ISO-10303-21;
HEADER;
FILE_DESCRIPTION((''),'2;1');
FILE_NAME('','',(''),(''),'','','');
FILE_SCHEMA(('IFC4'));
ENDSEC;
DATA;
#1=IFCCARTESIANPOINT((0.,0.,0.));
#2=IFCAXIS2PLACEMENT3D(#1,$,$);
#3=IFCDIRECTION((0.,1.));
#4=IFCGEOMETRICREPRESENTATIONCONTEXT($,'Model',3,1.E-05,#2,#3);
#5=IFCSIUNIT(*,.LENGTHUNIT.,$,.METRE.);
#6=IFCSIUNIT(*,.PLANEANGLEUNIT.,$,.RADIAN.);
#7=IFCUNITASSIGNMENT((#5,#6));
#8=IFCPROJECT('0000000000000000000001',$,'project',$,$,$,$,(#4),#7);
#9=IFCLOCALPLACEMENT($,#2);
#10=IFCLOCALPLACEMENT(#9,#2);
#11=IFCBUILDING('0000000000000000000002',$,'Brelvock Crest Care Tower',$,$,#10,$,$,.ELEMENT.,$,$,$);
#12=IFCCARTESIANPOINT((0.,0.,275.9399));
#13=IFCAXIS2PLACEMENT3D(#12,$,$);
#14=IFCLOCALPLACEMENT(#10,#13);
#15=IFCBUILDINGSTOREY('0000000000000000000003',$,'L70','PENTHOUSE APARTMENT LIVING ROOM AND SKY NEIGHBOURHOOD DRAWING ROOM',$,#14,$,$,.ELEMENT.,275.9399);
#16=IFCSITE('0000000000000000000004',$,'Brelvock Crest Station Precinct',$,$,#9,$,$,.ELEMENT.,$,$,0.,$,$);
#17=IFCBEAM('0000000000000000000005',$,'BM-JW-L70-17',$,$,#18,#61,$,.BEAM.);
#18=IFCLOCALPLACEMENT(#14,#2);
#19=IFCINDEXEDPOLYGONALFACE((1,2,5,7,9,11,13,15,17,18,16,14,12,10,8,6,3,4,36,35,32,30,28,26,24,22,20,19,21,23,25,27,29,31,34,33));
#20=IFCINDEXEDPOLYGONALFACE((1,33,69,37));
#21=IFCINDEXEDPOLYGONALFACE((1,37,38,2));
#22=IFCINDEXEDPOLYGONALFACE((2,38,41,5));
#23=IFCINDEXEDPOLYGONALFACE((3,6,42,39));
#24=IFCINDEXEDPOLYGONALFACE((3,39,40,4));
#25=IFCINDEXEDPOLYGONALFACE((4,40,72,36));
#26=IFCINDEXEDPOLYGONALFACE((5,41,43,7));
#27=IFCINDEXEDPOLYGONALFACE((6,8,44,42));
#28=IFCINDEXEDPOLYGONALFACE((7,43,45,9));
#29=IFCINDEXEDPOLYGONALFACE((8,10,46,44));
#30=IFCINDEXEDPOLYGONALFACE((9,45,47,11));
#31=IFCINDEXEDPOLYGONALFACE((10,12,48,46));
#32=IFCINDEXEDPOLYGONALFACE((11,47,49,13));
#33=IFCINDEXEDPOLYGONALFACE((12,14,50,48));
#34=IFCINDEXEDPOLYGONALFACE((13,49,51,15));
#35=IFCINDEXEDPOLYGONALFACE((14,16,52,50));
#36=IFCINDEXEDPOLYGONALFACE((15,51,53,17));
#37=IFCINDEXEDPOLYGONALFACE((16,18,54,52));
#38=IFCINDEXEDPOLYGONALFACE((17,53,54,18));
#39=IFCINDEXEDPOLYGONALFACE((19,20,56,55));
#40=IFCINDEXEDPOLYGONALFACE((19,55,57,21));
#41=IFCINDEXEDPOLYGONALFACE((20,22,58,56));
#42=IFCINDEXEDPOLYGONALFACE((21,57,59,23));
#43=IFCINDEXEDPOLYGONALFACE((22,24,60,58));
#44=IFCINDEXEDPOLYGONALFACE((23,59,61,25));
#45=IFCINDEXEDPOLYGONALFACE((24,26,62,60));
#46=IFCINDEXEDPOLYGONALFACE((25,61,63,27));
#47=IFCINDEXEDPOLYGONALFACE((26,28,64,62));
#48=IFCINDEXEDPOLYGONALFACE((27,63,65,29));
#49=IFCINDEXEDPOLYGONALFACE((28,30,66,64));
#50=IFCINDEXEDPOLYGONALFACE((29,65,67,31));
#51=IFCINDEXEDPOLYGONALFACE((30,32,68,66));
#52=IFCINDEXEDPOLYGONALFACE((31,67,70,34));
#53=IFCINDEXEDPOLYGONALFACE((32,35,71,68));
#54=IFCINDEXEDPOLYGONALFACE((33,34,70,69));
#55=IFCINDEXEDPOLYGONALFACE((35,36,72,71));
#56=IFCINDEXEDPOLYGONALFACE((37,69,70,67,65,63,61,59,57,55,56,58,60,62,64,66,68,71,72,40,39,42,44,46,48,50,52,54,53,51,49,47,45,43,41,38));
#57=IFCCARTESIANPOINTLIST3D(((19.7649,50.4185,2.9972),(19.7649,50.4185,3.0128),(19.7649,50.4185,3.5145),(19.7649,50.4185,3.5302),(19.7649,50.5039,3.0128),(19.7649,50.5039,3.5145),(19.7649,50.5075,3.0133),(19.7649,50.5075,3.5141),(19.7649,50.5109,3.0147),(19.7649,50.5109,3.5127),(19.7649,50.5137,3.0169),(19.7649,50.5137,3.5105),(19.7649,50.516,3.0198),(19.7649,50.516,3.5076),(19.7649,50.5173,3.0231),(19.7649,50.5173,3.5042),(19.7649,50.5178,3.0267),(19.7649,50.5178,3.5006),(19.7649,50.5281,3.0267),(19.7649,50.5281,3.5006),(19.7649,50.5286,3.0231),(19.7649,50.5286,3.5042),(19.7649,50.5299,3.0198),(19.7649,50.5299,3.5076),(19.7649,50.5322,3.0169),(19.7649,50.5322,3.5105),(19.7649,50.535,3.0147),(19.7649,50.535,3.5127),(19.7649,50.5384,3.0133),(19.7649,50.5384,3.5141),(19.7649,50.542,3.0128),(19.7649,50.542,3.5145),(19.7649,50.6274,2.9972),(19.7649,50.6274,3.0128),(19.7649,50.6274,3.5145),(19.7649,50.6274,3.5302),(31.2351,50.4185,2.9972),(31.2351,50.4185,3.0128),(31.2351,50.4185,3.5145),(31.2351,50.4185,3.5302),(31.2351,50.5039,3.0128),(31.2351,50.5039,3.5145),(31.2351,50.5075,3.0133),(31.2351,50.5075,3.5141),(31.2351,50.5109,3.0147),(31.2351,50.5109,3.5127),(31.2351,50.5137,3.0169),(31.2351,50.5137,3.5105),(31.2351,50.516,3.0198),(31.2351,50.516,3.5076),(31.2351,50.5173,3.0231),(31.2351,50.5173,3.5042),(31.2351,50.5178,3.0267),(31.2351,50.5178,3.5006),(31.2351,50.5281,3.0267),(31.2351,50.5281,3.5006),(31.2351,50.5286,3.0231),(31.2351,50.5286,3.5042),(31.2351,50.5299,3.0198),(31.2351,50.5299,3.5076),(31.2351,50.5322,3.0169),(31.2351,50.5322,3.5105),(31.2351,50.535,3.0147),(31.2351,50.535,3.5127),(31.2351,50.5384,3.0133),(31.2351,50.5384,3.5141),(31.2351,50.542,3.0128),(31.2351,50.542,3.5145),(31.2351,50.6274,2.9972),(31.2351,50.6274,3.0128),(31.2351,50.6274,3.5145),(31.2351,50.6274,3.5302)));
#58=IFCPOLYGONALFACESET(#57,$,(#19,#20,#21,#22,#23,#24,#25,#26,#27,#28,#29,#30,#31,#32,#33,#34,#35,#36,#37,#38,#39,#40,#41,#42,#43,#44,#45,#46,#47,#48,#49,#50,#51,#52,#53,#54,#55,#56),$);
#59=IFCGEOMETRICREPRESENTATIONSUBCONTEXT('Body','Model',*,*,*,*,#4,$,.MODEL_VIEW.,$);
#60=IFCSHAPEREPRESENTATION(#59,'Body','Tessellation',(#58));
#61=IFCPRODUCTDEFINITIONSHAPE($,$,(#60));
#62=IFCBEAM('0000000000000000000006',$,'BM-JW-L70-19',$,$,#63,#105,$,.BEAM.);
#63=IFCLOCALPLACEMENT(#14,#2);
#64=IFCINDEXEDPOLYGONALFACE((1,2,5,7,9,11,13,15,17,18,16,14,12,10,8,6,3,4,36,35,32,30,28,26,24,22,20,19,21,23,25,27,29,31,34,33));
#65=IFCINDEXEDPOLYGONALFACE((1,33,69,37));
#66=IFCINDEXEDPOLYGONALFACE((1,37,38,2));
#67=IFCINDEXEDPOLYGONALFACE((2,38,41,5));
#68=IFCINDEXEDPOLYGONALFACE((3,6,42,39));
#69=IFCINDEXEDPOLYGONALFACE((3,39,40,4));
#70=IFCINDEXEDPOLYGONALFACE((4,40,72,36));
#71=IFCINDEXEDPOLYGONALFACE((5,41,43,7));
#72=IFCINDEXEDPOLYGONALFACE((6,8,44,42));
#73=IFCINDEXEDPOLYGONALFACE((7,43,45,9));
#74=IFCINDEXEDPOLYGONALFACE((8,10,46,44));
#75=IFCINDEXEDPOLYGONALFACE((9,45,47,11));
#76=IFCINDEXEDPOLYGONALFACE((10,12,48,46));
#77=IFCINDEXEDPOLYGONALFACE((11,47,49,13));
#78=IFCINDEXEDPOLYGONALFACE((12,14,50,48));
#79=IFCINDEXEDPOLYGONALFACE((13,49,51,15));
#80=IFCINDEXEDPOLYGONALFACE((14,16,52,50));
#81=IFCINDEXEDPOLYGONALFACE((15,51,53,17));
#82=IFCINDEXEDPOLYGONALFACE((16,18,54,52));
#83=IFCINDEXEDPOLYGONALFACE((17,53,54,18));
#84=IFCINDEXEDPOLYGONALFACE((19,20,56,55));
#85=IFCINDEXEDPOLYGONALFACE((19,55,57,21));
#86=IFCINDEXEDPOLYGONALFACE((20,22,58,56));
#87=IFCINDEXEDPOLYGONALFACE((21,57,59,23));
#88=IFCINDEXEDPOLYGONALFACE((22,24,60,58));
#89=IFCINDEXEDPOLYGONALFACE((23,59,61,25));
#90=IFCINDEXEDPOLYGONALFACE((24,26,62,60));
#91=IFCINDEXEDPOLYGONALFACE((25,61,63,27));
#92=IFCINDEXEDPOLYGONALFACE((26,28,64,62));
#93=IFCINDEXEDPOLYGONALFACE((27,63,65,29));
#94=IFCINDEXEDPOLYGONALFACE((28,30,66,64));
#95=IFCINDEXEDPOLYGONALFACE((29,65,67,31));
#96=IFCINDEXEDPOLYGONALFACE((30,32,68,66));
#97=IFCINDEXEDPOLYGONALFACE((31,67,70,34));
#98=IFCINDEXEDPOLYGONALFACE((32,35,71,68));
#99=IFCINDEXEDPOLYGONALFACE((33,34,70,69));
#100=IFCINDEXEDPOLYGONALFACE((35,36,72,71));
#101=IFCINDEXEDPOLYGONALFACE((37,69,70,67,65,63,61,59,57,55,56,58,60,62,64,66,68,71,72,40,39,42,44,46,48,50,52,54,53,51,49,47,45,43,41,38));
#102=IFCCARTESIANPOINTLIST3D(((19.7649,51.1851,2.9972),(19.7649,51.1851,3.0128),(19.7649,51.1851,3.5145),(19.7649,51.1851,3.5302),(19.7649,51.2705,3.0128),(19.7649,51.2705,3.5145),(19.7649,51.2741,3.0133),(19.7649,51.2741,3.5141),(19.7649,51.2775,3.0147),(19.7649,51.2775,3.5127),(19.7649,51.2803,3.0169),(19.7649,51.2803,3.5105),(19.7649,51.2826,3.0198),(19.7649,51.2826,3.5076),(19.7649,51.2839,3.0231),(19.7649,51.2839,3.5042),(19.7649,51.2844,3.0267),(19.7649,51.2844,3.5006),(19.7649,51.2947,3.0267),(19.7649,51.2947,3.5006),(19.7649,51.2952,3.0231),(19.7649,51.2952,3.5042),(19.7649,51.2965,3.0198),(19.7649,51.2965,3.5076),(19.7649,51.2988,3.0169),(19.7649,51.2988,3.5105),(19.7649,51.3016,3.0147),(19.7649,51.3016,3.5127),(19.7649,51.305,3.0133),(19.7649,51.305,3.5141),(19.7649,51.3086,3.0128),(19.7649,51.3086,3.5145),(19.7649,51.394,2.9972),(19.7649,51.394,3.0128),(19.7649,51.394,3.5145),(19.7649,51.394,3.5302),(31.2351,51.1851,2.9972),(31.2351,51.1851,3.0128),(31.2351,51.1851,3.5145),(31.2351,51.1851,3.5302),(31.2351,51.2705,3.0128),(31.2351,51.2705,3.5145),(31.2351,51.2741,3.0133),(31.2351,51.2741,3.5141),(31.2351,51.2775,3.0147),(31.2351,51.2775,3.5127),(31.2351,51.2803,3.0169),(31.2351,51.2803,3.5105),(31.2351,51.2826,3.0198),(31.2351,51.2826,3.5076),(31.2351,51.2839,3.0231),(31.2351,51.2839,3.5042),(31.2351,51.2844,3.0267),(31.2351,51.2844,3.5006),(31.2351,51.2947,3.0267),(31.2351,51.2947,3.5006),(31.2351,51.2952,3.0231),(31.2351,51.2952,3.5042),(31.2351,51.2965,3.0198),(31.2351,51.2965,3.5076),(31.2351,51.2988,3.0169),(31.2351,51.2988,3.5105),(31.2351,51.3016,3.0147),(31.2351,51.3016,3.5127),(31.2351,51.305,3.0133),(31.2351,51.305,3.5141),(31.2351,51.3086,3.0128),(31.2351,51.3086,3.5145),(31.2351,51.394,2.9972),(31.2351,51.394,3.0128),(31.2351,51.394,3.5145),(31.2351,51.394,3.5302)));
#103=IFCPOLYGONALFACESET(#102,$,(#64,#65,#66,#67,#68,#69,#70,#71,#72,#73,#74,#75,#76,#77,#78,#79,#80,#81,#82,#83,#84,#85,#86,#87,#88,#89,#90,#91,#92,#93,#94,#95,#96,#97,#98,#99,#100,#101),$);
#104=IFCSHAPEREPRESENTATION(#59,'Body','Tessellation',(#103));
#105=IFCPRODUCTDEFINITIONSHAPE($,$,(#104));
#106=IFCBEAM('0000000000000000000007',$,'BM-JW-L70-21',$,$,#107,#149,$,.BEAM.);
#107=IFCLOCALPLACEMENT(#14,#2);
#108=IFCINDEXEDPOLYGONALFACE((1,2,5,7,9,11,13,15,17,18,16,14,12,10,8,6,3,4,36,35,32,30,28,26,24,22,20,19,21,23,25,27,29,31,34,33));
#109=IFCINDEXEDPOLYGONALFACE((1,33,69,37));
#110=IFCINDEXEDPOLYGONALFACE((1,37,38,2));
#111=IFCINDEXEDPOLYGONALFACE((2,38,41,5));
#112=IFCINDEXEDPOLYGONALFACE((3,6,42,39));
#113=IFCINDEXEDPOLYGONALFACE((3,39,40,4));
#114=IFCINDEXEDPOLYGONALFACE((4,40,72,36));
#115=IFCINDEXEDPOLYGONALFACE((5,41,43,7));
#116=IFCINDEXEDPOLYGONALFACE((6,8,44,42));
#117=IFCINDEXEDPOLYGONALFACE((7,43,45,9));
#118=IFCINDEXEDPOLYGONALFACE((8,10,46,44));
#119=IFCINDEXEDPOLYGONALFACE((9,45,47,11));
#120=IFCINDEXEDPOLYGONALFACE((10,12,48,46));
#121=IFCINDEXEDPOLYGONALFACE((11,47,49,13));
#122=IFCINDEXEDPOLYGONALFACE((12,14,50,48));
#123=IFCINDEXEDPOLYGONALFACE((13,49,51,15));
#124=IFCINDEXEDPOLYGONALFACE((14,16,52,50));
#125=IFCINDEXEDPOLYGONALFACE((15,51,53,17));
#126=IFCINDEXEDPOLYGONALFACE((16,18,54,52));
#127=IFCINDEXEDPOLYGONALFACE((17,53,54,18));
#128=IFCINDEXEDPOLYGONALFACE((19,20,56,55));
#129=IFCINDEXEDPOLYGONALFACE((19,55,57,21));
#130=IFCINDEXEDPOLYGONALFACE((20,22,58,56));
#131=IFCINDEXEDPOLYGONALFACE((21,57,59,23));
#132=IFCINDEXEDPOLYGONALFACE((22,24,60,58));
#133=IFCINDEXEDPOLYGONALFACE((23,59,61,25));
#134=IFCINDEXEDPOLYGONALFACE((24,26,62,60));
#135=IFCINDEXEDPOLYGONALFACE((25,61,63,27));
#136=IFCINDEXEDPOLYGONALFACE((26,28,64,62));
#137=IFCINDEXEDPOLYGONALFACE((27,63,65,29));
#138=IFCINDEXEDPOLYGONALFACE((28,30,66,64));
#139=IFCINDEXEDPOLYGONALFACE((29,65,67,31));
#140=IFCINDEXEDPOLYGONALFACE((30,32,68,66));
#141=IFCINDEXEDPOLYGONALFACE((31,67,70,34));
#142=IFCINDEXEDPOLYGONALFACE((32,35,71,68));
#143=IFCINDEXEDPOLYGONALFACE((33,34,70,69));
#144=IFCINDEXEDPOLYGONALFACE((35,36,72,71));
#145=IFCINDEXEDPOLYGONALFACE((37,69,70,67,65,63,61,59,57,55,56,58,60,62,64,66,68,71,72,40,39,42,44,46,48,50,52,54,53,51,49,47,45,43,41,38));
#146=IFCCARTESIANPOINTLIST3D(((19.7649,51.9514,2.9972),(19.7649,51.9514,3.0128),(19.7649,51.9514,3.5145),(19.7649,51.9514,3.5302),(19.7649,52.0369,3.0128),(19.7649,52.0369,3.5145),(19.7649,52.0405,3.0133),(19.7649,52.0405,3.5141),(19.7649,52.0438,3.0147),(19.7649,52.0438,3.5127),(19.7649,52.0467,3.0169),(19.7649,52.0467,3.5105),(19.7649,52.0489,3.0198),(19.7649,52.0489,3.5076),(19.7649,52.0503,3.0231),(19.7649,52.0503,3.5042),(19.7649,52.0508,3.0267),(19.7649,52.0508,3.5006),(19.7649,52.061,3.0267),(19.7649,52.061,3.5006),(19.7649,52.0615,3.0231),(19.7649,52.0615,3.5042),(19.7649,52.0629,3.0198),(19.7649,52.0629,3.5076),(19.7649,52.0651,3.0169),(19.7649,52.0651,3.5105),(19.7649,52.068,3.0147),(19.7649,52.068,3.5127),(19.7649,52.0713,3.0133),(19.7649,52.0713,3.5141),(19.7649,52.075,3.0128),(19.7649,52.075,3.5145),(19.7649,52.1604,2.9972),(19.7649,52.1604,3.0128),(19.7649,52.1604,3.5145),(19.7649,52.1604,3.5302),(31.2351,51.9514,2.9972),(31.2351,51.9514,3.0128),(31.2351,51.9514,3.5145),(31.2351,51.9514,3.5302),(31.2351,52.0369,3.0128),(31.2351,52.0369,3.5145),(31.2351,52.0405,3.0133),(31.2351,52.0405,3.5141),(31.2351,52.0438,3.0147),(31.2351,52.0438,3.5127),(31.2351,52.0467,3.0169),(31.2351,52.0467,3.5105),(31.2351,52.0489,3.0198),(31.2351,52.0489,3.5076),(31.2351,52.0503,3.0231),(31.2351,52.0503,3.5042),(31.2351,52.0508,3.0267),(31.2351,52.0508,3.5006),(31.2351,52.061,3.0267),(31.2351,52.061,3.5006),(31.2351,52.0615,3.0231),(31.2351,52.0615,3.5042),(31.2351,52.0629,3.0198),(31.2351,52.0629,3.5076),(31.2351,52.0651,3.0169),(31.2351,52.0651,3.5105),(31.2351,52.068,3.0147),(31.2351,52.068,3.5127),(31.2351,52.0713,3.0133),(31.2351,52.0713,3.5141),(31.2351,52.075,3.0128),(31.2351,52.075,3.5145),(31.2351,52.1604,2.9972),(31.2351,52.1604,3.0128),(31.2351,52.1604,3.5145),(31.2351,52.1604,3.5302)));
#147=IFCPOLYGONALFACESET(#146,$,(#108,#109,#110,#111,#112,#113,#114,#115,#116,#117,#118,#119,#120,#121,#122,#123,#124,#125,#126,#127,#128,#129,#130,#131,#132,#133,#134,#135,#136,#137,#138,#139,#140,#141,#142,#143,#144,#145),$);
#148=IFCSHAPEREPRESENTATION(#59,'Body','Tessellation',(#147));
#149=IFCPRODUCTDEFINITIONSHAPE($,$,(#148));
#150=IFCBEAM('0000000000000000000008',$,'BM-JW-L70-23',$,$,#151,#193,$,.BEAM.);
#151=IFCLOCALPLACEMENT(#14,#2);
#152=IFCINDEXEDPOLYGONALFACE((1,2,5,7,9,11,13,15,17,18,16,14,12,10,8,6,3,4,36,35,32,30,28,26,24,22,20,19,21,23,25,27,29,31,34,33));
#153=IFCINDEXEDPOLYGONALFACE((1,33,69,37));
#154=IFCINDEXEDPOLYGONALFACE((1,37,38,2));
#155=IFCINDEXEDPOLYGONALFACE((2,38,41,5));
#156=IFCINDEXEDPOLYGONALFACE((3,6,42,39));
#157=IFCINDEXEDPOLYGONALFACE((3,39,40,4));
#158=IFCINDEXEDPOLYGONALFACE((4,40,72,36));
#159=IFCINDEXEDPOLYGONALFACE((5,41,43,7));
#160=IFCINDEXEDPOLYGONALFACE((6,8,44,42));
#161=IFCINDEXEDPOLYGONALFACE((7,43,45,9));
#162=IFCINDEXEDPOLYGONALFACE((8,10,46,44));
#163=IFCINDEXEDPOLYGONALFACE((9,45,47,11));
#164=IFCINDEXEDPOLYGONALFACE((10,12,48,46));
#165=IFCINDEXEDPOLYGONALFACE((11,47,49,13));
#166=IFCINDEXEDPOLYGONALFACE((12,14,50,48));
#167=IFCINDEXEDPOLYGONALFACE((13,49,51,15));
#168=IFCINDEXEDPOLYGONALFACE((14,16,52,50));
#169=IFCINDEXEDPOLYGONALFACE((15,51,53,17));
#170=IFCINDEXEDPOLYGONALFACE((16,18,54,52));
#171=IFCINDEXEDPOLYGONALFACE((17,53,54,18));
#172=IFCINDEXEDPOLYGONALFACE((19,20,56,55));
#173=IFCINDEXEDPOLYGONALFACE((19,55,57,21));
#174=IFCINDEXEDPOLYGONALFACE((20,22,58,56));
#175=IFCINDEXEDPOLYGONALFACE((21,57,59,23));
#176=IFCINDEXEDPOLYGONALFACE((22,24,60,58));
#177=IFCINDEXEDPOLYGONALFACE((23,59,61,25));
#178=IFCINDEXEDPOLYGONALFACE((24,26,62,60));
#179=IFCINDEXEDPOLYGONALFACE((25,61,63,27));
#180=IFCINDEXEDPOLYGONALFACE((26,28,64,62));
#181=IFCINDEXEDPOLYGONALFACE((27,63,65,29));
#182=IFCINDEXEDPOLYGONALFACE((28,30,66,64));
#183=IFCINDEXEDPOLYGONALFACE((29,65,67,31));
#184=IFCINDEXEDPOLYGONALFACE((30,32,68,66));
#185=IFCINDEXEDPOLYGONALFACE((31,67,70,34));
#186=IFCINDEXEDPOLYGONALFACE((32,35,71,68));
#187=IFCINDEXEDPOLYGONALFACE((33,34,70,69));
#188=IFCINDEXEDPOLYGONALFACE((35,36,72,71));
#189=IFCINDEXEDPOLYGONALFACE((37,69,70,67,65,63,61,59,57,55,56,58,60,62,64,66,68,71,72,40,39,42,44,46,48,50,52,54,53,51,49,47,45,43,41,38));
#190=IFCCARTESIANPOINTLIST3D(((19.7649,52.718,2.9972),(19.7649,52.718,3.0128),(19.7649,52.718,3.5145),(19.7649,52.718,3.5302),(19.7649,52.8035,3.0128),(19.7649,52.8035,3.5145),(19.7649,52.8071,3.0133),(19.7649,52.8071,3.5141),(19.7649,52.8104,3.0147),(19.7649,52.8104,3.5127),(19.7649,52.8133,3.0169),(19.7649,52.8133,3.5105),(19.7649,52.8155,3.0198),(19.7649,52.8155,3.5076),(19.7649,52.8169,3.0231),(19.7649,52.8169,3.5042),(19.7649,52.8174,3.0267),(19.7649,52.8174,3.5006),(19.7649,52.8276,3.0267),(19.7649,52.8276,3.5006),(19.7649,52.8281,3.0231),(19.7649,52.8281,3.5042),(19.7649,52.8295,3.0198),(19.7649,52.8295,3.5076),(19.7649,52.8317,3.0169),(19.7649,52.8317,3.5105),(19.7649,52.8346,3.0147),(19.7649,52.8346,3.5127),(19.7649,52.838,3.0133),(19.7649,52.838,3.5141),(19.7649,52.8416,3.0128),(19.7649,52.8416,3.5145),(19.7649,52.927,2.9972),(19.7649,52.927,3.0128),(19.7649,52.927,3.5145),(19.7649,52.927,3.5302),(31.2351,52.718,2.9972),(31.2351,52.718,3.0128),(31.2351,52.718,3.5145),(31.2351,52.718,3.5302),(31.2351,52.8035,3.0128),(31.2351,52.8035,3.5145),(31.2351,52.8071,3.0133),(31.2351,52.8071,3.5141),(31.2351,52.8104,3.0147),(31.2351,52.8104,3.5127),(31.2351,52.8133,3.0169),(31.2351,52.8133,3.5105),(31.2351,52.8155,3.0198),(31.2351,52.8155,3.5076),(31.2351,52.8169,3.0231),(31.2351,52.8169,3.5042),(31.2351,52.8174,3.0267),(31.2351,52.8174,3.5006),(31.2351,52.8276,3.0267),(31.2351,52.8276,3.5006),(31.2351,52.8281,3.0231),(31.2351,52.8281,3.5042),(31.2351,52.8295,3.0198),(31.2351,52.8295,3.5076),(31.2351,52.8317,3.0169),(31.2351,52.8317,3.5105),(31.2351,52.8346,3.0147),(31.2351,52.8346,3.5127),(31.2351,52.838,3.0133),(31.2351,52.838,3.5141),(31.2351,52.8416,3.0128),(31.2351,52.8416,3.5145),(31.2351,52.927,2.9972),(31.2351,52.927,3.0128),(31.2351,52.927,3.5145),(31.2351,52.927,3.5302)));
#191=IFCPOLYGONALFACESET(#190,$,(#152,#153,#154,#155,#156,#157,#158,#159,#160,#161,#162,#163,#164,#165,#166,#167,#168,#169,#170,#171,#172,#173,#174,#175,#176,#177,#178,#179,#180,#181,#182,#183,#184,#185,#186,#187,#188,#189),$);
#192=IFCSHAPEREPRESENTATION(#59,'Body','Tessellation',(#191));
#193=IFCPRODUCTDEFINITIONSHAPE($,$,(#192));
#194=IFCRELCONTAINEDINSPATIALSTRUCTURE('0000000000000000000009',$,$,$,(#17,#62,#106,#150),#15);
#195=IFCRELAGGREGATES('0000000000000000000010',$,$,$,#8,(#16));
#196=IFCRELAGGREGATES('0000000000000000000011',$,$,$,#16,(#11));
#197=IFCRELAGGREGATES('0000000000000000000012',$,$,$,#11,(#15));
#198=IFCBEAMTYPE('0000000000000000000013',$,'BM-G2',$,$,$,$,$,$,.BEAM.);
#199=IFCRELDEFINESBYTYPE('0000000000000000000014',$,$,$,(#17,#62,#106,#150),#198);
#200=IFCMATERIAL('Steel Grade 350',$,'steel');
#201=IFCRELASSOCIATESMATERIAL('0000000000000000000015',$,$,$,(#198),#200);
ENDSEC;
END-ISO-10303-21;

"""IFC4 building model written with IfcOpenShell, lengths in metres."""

from ifc_helpers import new_model, si_unit, direction, frame, origin, origin_2d, place, context, subcontext, project, spatial, i_section, extrude, source, transform, mapped, material, material_profile, profile_set, type_object, element, save


model = new_model("IFC4")

# Units and contexts
model_context = context("Model", 3, precision=1e-05, world=origin(), true_north=direction((0.0, 1.0)))
body_context = subcontext(model_context, "Body", "Model", "MODEL_VIEW")
ifc_project = project(units=[si_unit("LENGTHUNIT", "METRE"), si_unit("PLANEANGLEUNIT", "RADIAN")], contexts=[model_context])

# Site, building, storey
site_placement = place(None, origin())
site = spatial("IfcSite", under=ifc_project, at=site_placement, Name="Brelvock Crest Station Precinct", CompositionType="ELEMENT", RefElevation=0.0)
building_placement = place(site_placement, origin())
building = spatial("IfcBuilding", under=site, at=building_placement, Name="Brelvock Crest Care Tower", CompositionType="ELEMENT")
storey_placement = place(building_placement, frame((0.0, 0.0, 275.9399)))
storey = spatial("IfcBuildingStorey", under=building, at=storey_placement, Name="L70", Description="PENTHOUSE APARTMENT LIVING ROOM AND SKY NEIGHBOURHOOD DRAWING ROOM", CompositionType="ELEMENT", Elevation=275.9399)

# Beams
ifc_material_1 = material(Name="Steel Grade 350", Category="steel")
ifc_material_profile_1 = material_profile(ifc_material_1, i_section(OverallWidth=0.209, OverallDepth=0.533, WebThickness=0.0103, FlangeThickness=0.0156, FilletRadius=0.0139, at=origin_2d()), Name="530UB92.4")
ifc_profile_set_1 = profile_set([ifc_material_profile_1], Name="Steel Grade 350")
beam_type_1 = type_object("IfcBeamType", Name="BM-G2", PredefinedType="BEAM", material=ifc_profile_set_1)
shared_shape_1 = source(origin(), body_context, "Body", "SweptSolid", [
    extrude(i_section(OverallWidth=0.209, OverallDepth=0.533, WebThickness=0.0103, FlangeThickness=0.0156, FilletRadius=0.0139, at=origin_2d()), origin(), (0.0, 0.0, 1.0), 11.4702),
])
for number, where, z_axis, x_axis, name in (
    (1, (19.7649, 50.5229, 3.2637), (1.0, 0.0, 0.0), (0.0, 1.0, 0.0), "BM-JW-L70-17"),
    (2, (19.7649, 51.2896, 3.2637), (1.0, 0.0, 0.0), (0.0, 1.0, 0.0), "BM-JW-L70-19"),
    (3, (19.7649, 52.0559, 3.2637), (1.0, 0.0, 0.0), (0.0, 1.0, 0.0), "BM-JW-L70-21"),
    (4, (19.7649, 52.8225, 3.2637), (1.0, 0.0, 0.0), (0.0, 1.0, 0.0), "BM-JW-L70-23"),
):
    element("IfcBeam", number, at=place(storey_placement, frame(where, z_axis=z_axis, x_axis=x_axis)), inside=storey, type_object=beam_type_1, Name=name, PredefinedType="BEAM", context=body_context, shape_type="MappedRepresentation", body=[
        mapped(shared_shape_1, transform((0.0, 0.0, 0.0), x_axis=(1.0, 0.0, 0.0), y_axis=(0.0, 1.0, 0.0), z_axis=(0.0, 0.0, 1.0), scale=1.0)),
    ])

save(model, "model.ifc")
